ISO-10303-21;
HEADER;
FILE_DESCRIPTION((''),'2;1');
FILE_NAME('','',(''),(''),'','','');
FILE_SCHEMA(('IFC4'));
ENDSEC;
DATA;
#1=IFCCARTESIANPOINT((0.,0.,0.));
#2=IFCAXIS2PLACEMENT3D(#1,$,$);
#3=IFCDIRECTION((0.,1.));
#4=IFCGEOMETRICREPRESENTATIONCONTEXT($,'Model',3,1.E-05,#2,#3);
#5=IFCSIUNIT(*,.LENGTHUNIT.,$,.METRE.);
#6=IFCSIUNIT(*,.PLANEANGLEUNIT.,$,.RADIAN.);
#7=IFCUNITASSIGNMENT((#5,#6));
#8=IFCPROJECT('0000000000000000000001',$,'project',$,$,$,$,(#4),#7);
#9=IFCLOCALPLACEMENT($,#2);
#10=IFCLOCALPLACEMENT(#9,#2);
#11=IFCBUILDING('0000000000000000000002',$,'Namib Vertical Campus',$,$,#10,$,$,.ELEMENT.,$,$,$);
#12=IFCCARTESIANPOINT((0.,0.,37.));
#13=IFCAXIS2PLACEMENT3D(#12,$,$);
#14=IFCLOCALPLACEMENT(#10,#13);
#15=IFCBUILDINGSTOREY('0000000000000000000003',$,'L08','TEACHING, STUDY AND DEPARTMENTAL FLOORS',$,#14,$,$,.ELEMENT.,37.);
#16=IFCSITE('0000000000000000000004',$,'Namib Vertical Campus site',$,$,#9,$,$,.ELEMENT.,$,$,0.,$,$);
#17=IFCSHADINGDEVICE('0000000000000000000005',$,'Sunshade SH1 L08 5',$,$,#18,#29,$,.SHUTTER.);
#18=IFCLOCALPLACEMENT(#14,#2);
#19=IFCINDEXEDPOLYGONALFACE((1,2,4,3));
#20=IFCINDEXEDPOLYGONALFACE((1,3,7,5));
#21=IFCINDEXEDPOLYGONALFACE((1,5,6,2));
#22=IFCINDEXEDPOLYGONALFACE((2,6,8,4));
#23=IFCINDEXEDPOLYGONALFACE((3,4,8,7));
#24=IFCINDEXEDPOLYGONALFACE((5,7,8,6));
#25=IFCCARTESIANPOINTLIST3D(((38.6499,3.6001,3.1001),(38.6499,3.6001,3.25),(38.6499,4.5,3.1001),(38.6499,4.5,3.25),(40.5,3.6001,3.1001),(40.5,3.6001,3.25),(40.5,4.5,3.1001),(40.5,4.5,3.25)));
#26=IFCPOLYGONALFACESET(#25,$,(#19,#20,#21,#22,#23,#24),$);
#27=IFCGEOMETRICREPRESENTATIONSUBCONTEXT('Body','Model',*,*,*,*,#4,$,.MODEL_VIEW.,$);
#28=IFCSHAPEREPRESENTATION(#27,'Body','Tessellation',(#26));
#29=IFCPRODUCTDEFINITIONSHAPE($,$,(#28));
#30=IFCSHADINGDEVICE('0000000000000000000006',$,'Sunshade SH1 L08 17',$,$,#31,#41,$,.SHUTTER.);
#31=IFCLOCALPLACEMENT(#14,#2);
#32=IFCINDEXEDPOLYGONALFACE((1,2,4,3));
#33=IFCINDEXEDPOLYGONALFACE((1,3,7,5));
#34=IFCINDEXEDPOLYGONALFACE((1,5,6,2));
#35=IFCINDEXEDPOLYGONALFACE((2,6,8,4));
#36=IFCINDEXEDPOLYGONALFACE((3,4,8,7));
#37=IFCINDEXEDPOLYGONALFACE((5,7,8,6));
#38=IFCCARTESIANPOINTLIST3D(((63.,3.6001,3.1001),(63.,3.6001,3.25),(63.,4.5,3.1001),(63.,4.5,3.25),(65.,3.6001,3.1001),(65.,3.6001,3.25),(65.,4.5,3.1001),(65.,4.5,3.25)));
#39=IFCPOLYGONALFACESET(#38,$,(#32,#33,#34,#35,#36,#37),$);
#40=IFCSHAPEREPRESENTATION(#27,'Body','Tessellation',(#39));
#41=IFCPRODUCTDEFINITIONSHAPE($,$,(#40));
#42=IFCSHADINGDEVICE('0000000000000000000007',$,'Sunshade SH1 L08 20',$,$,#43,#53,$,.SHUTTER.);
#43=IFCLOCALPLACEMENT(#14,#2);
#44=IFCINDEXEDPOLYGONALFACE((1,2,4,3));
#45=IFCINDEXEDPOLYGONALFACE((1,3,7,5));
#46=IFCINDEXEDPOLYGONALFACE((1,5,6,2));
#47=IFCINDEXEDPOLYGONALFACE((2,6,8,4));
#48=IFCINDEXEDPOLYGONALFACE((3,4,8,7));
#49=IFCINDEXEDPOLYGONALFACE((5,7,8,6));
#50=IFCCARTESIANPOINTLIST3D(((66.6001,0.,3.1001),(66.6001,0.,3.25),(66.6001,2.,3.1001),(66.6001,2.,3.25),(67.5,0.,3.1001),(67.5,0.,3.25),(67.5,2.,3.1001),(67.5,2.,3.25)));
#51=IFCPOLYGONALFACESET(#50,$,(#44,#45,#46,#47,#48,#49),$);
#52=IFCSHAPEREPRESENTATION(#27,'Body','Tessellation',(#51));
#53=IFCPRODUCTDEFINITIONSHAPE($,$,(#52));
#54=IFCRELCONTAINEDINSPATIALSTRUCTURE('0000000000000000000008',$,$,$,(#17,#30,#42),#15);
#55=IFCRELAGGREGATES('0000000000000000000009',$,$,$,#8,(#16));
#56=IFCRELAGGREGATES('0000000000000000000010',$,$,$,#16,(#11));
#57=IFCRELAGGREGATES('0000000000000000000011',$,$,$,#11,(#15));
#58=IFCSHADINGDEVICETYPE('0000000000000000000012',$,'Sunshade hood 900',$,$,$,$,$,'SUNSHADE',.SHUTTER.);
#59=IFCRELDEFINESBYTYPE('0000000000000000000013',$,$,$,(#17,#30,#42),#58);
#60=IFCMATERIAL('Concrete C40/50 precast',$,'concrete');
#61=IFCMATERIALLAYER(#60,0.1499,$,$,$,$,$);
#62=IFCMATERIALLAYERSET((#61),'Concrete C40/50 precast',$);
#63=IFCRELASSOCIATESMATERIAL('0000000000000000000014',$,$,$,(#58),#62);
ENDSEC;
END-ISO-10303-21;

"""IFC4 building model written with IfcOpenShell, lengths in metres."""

from ifc_helpers import new_model, si_unit, direction, frame, origin, origin_2d, place, context, subcontext, project, spatial, rectangle, extrude, material, layer, layer_set, type_object, element, save


model = new_model("IFC4")

# Units and contexts
model_context = context("Model", 3, precision=1e-05, world=origin(), true_north=direction((0.0, 1.0)))
body_context = subcontext(model_context, "Body", "Model", "MODEL_VIEW")
ifc_project = project(units=[si_unit("LENGTHUNIT", "METRE"), si_unit("PLANEANGLEUNIT", "RADIAN")], contexts=[model_context])

# Site, building, storey
site_placement = place(None, origin())
site = spatial("IfcSite", under=ifc_project, at=site_placement, Name="Namib Vertical Campus site", CompositionType="ELEMENT", RefElevation=0.0)
building_placement = place(site_placement, origin())
building = spatial("IfcBuilding", under=site, at=building_placement, Name="Namib Vertical Campus", CompositionType="ELEMENT")
storey_placement = place(building_placement, frame((0.0, 0.0, 37.0)))
storey = spatial("IfcBuildingStorey", under=building, at=storey_placement, Name="L08", Description="TEACHING, STUDY AND DEPARTMENTAL FLOORS", CompositionType="ELEMENT", Elevation=37.0)

# Shading devices
ifc_material_1 = material(Name="Concrete C40/50 precast", Category="concrete")
ifc_layer_1 = layer(ifc_material_1, 0.1499)
ifc_layer_set_1 = layer_set([ifc_layer_1], Name="Concrete C40/50 precast")
shading_device_type = type_object("IfcShadingDeviceType", Name="Sunshade hood 900", ElementType="SUNSHADE", PredefinedType="SHUTTER", material=ifc_layer_set_1)
shading_device_placement = place(storey_placement, frame((39.575, 4.05, 3.1001), z_axis=(0.0, 0.0, 1.0), x_axis=(1.0, 0.0, 0.0)))
element("IfcShadingDevice", 1, at=shading_device_placement, inside=storey, type_object=shading_device_type, Name="Sunshade SH1 L08 5", PredefinedType="SHUTTER", context=body_context, shape_type="SweptSolid", body=[
    extrude(rectangle(XDim=1.8501, YDim=0.8999, at=origin_2d()), origin(), (0.0, 0.0, 1.0), 0.1499),
])
for number, where, z_axis, x_axis, name in (
    (2, (64.0, 4.05, 3.1001), (0.0, 0.0, 1.0), (1.0, 0.0, 0.0), "Sunshade SH1 L08 17"),
    (3, (67.05, 1.0, 3.1001), (0.0, 0.0, 1.0), (0.0, -1.0, 0.0), "Sunshade SH1 L08 20"),
):
    element("IfcShadingDevice", number, at=place(storey_placement, frame(where, z_axis=z_axis, x_axis=x_axis)), inside=storey, type_object=shading_device_type, Name=name, PredefinedType="SHUTTER", context=body_context, shape_type="SweptSolid", body=[
        extrude(rectangle(XDim=2.0, YDim=0.8999, at=origin_2d()), origin(), (0.0, 0.0, 1.0), 0.1499),
    ])

save(model, "model.ifc")
